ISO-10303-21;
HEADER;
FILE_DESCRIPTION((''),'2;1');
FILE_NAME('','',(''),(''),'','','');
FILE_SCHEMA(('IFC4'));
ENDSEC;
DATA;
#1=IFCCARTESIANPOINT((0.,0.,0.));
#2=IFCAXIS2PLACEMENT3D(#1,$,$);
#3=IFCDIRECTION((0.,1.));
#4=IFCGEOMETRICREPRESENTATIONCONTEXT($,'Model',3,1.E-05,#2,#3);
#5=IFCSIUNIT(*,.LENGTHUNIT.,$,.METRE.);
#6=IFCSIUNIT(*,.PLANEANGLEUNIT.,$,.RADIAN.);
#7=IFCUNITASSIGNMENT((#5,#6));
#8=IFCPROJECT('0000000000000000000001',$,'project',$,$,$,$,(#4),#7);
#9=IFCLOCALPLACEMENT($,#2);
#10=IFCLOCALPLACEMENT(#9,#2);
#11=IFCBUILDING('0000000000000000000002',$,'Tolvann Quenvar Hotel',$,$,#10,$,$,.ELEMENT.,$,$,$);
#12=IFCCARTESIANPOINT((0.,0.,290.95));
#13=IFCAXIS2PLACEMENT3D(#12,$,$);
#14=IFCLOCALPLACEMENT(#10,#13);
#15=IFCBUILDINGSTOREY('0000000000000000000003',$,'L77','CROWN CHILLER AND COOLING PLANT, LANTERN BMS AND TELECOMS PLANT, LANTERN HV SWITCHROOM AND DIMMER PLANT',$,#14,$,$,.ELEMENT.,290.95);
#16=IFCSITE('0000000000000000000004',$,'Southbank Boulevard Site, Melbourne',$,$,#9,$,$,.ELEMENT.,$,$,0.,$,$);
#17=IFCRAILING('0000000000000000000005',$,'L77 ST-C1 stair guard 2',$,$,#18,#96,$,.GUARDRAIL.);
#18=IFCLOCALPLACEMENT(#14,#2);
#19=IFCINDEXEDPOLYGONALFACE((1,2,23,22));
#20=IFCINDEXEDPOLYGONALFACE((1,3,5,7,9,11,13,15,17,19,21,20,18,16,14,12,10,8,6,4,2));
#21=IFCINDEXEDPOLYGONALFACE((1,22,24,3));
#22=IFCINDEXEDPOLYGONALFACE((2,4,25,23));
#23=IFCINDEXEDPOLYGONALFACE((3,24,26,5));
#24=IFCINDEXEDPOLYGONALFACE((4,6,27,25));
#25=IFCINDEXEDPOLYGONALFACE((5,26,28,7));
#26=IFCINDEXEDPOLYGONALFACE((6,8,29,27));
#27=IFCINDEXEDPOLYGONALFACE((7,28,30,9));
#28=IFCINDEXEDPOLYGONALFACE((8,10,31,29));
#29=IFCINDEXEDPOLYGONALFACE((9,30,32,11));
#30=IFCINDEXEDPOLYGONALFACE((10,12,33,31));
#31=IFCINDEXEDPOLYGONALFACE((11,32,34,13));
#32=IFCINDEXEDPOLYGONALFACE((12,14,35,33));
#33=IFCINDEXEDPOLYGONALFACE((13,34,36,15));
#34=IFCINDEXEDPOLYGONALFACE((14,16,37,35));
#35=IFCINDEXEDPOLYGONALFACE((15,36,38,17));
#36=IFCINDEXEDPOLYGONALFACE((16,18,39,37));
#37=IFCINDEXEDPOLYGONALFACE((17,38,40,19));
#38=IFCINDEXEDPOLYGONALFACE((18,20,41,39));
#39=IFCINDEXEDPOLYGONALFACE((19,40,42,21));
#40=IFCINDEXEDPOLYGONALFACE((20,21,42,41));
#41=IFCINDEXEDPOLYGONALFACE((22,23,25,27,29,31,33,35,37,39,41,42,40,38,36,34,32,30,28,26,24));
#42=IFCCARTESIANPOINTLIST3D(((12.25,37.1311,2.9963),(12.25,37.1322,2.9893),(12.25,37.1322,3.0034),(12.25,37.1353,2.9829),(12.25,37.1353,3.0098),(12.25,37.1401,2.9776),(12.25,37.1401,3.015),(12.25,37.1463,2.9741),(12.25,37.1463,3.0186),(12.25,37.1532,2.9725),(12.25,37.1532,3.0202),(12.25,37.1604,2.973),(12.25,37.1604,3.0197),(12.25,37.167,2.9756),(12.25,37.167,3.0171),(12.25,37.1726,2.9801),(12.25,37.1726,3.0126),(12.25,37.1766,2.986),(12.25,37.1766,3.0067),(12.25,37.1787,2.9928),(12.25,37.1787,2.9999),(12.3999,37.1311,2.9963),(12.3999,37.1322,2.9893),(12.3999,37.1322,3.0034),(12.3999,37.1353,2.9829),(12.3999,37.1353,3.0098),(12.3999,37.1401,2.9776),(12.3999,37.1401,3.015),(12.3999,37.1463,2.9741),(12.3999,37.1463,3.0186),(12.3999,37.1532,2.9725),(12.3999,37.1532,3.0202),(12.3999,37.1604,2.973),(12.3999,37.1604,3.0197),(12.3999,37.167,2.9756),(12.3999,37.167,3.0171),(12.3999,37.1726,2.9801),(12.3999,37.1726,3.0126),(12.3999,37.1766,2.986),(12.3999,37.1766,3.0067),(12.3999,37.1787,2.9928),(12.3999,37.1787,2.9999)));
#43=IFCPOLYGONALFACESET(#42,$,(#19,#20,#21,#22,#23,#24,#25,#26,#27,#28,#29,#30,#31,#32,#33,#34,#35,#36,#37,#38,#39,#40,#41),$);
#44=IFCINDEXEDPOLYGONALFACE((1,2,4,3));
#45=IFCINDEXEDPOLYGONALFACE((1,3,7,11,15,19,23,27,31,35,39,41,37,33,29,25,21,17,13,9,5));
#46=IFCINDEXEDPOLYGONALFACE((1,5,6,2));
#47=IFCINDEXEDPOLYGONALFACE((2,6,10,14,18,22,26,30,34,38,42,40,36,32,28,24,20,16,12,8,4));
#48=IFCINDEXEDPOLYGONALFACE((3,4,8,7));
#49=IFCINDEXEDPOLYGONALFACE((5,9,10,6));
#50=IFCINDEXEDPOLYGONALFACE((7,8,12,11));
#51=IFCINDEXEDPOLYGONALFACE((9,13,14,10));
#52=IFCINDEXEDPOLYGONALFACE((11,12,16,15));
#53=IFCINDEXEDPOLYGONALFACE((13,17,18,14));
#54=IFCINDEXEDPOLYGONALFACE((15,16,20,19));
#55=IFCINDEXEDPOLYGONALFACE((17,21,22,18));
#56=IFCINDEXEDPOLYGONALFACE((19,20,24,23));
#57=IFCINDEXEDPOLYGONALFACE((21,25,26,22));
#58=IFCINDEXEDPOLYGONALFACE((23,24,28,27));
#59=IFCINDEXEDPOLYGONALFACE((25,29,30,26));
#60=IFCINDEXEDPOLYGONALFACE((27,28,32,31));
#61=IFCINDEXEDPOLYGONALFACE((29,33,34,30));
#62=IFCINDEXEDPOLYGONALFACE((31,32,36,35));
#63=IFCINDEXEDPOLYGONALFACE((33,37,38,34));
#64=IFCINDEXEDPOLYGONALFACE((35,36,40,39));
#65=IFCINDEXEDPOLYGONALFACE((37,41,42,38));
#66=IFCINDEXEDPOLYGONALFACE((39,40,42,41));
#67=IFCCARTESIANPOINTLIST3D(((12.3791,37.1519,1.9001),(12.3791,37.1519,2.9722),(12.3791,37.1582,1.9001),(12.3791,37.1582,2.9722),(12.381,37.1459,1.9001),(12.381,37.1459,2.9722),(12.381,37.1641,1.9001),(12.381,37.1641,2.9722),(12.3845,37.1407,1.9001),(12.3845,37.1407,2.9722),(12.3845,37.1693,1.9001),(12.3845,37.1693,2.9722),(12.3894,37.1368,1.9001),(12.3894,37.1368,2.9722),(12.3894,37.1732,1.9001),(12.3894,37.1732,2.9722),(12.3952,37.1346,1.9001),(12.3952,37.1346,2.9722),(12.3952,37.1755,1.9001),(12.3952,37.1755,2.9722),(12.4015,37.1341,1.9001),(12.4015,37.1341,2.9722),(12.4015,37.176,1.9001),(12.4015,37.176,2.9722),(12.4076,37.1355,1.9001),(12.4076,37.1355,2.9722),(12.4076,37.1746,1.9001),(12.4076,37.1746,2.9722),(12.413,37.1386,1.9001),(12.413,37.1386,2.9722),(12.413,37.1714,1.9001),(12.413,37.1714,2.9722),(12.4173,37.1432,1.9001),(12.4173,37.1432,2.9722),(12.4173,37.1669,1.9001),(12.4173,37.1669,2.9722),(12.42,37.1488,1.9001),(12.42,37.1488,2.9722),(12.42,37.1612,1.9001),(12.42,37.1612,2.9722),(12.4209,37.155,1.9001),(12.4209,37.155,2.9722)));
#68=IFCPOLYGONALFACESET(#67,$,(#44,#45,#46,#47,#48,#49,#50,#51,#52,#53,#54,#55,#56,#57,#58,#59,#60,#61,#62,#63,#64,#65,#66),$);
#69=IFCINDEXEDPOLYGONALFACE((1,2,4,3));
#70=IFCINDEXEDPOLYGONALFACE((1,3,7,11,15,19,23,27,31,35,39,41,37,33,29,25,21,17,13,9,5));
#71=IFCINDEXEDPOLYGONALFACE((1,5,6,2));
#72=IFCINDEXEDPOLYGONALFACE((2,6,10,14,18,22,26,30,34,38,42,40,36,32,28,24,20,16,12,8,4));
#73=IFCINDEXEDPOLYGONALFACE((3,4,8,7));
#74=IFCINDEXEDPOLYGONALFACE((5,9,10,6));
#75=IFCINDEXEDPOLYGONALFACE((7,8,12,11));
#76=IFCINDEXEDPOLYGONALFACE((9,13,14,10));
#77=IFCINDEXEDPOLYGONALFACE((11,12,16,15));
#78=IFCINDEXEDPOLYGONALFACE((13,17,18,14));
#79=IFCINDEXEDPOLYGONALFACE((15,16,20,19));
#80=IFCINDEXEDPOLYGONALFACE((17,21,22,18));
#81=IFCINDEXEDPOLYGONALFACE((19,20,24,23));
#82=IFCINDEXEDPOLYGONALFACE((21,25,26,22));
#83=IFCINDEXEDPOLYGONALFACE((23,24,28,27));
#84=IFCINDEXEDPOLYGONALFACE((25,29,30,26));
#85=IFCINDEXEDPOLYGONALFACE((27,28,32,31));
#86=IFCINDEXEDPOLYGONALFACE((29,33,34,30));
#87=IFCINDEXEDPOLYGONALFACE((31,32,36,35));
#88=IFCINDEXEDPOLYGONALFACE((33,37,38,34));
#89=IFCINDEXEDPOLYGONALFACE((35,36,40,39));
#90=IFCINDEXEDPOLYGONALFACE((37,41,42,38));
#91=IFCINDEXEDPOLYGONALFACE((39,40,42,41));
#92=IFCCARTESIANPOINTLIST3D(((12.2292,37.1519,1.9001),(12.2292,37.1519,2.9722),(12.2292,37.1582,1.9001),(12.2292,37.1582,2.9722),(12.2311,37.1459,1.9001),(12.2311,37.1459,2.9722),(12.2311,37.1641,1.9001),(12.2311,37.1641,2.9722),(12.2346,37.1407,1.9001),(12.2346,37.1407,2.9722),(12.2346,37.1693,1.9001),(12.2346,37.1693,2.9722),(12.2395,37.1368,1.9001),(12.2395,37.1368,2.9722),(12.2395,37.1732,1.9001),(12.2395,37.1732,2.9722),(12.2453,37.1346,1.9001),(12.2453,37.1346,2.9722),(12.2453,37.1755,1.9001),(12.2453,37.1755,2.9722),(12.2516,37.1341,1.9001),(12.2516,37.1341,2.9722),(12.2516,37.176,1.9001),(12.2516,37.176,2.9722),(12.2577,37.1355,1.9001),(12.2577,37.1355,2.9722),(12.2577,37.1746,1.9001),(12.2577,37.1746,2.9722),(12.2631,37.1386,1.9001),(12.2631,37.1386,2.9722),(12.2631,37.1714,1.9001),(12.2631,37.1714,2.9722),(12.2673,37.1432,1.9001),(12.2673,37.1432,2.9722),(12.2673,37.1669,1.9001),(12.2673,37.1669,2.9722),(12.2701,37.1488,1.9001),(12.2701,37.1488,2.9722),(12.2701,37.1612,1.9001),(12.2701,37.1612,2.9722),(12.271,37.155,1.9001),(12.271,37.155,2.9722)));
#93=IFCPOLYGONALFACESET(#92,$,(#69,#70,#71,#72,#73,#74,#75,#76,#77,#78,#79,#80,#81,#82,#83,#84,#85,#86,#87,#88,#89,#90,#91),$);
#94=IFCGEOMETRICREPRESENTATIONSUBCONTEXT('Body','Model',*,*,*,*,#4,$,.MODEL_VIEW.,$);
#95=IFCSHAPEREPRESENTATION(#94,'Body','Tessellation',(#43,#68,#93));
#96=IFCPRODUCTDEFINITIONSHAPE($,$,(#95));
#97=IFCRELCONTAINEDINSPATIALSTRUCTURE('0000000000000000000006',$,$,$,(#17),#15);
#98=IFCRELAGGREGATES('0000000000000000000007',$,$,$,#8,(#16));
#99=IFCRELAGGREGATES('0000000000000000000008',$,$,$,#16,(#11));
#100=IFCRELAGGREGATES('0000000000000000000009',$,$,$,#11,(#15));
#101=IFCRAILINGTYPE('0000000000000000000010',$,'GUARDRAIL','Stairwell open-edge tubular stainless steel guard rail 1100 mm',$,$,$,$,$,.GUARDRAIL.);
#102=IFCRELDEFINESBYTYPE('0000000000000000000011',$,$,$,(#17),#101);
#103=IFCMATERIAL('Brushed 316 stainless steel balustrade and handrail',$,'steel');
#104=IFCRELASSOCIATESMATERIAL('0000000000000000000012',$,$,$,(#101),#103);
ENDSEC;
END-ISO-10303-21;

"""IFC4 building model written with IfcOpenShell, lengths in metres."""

from ifc_helpers import new_model, si_unit, direction, frame, origin, origin_2d, place, context, subcontext, project, spatial, circle, extrude, material, type_object, element, save


model = new_model("IFC4")

# Units and contexts
model_context = context("Model", 3, precision=1e-05, world=origin(), true_north=direction((0.0, 1.0)))
body_context = subcontext(model_context, "Body", "Model", "MODEL_VIEW")
ifc_project = project(units=[si_unit("LENGTHUNIT", "METRE"), si_unit("PLANEANGLEUNIT", "RADIAN")], contexts=[model_context])

# Site, building, storey
site_placement = place(None, origin())
site = spatial("IfcSite", under=ifc_project, at=site_placement, Name="Southbank Boulevard Site, Melbourne", CompositionType="ELEMENT", RefElevation=0.0)
building_placement = place(site_placement, origin())
building = spatial("IfcBuilding", under=site, at=building_placement, Name="Tolvann Quenvar Hotel", CompositionType="ELEMENT")
storey_placement = place(building_placement, frame((0.0, 0.0, 290.95)))
storey = spatial("IfcBuildingStorey", under=building, at=storey_placement, Name="L77", Description="CROWN CHILLER AND COOLING PLANT, LANTERN BMS AND TELECOMS PLANT, LANTERN HV SWITCHROOM AND DIMMER PLANT", CompositionType="ELEMENT", Elevation=290.95)

# Railing
ifc_material_1 = material(Name="Brushed 316 stainless steel balustrade and handrail", Category="steel")
railing_type_1 = type_object("IfcRailingType", Name="GUARDRAIL", Description="Stairwell open-edge tubular stainless steel guard rail 1100 mm", PredefinedType="GUARDRAIL", material=ifc_material_1)
railing_1_placement = place(storey_placement, frame((12.3999, 37.155, 1.9001)))
element("IfcRailing", 1, at=railing_1_placement, inside=storey, type_object=railing_type_1, Name="L77 ST-C1 stair guard 2", PredefinedType="GUARDRAIL", context=body_context, shape_type="SweptSolid", body=[
    extrude(circle(Radius=0.0239, at=origin_2d()), frame((0.0, 0.0, 1.0962), z_axis=(-1.0, 0.0, 0.0), x_axis=(0.0, -1.0, 0.0)), (0.0, 0.0, 1.0), 0.1499),
    extrude(circle(Radius=0.021, at=origin_2d()), origin(), (0.0, 0.0, 1.0), 1.072),
    extrude(circle(Radius=0.021, at=origin_2d()), frame((-0.1499, 0.0, 0.0)), (0.0, 0.0, 1.0), 1.072),
])

save(model, "model.ifc")
